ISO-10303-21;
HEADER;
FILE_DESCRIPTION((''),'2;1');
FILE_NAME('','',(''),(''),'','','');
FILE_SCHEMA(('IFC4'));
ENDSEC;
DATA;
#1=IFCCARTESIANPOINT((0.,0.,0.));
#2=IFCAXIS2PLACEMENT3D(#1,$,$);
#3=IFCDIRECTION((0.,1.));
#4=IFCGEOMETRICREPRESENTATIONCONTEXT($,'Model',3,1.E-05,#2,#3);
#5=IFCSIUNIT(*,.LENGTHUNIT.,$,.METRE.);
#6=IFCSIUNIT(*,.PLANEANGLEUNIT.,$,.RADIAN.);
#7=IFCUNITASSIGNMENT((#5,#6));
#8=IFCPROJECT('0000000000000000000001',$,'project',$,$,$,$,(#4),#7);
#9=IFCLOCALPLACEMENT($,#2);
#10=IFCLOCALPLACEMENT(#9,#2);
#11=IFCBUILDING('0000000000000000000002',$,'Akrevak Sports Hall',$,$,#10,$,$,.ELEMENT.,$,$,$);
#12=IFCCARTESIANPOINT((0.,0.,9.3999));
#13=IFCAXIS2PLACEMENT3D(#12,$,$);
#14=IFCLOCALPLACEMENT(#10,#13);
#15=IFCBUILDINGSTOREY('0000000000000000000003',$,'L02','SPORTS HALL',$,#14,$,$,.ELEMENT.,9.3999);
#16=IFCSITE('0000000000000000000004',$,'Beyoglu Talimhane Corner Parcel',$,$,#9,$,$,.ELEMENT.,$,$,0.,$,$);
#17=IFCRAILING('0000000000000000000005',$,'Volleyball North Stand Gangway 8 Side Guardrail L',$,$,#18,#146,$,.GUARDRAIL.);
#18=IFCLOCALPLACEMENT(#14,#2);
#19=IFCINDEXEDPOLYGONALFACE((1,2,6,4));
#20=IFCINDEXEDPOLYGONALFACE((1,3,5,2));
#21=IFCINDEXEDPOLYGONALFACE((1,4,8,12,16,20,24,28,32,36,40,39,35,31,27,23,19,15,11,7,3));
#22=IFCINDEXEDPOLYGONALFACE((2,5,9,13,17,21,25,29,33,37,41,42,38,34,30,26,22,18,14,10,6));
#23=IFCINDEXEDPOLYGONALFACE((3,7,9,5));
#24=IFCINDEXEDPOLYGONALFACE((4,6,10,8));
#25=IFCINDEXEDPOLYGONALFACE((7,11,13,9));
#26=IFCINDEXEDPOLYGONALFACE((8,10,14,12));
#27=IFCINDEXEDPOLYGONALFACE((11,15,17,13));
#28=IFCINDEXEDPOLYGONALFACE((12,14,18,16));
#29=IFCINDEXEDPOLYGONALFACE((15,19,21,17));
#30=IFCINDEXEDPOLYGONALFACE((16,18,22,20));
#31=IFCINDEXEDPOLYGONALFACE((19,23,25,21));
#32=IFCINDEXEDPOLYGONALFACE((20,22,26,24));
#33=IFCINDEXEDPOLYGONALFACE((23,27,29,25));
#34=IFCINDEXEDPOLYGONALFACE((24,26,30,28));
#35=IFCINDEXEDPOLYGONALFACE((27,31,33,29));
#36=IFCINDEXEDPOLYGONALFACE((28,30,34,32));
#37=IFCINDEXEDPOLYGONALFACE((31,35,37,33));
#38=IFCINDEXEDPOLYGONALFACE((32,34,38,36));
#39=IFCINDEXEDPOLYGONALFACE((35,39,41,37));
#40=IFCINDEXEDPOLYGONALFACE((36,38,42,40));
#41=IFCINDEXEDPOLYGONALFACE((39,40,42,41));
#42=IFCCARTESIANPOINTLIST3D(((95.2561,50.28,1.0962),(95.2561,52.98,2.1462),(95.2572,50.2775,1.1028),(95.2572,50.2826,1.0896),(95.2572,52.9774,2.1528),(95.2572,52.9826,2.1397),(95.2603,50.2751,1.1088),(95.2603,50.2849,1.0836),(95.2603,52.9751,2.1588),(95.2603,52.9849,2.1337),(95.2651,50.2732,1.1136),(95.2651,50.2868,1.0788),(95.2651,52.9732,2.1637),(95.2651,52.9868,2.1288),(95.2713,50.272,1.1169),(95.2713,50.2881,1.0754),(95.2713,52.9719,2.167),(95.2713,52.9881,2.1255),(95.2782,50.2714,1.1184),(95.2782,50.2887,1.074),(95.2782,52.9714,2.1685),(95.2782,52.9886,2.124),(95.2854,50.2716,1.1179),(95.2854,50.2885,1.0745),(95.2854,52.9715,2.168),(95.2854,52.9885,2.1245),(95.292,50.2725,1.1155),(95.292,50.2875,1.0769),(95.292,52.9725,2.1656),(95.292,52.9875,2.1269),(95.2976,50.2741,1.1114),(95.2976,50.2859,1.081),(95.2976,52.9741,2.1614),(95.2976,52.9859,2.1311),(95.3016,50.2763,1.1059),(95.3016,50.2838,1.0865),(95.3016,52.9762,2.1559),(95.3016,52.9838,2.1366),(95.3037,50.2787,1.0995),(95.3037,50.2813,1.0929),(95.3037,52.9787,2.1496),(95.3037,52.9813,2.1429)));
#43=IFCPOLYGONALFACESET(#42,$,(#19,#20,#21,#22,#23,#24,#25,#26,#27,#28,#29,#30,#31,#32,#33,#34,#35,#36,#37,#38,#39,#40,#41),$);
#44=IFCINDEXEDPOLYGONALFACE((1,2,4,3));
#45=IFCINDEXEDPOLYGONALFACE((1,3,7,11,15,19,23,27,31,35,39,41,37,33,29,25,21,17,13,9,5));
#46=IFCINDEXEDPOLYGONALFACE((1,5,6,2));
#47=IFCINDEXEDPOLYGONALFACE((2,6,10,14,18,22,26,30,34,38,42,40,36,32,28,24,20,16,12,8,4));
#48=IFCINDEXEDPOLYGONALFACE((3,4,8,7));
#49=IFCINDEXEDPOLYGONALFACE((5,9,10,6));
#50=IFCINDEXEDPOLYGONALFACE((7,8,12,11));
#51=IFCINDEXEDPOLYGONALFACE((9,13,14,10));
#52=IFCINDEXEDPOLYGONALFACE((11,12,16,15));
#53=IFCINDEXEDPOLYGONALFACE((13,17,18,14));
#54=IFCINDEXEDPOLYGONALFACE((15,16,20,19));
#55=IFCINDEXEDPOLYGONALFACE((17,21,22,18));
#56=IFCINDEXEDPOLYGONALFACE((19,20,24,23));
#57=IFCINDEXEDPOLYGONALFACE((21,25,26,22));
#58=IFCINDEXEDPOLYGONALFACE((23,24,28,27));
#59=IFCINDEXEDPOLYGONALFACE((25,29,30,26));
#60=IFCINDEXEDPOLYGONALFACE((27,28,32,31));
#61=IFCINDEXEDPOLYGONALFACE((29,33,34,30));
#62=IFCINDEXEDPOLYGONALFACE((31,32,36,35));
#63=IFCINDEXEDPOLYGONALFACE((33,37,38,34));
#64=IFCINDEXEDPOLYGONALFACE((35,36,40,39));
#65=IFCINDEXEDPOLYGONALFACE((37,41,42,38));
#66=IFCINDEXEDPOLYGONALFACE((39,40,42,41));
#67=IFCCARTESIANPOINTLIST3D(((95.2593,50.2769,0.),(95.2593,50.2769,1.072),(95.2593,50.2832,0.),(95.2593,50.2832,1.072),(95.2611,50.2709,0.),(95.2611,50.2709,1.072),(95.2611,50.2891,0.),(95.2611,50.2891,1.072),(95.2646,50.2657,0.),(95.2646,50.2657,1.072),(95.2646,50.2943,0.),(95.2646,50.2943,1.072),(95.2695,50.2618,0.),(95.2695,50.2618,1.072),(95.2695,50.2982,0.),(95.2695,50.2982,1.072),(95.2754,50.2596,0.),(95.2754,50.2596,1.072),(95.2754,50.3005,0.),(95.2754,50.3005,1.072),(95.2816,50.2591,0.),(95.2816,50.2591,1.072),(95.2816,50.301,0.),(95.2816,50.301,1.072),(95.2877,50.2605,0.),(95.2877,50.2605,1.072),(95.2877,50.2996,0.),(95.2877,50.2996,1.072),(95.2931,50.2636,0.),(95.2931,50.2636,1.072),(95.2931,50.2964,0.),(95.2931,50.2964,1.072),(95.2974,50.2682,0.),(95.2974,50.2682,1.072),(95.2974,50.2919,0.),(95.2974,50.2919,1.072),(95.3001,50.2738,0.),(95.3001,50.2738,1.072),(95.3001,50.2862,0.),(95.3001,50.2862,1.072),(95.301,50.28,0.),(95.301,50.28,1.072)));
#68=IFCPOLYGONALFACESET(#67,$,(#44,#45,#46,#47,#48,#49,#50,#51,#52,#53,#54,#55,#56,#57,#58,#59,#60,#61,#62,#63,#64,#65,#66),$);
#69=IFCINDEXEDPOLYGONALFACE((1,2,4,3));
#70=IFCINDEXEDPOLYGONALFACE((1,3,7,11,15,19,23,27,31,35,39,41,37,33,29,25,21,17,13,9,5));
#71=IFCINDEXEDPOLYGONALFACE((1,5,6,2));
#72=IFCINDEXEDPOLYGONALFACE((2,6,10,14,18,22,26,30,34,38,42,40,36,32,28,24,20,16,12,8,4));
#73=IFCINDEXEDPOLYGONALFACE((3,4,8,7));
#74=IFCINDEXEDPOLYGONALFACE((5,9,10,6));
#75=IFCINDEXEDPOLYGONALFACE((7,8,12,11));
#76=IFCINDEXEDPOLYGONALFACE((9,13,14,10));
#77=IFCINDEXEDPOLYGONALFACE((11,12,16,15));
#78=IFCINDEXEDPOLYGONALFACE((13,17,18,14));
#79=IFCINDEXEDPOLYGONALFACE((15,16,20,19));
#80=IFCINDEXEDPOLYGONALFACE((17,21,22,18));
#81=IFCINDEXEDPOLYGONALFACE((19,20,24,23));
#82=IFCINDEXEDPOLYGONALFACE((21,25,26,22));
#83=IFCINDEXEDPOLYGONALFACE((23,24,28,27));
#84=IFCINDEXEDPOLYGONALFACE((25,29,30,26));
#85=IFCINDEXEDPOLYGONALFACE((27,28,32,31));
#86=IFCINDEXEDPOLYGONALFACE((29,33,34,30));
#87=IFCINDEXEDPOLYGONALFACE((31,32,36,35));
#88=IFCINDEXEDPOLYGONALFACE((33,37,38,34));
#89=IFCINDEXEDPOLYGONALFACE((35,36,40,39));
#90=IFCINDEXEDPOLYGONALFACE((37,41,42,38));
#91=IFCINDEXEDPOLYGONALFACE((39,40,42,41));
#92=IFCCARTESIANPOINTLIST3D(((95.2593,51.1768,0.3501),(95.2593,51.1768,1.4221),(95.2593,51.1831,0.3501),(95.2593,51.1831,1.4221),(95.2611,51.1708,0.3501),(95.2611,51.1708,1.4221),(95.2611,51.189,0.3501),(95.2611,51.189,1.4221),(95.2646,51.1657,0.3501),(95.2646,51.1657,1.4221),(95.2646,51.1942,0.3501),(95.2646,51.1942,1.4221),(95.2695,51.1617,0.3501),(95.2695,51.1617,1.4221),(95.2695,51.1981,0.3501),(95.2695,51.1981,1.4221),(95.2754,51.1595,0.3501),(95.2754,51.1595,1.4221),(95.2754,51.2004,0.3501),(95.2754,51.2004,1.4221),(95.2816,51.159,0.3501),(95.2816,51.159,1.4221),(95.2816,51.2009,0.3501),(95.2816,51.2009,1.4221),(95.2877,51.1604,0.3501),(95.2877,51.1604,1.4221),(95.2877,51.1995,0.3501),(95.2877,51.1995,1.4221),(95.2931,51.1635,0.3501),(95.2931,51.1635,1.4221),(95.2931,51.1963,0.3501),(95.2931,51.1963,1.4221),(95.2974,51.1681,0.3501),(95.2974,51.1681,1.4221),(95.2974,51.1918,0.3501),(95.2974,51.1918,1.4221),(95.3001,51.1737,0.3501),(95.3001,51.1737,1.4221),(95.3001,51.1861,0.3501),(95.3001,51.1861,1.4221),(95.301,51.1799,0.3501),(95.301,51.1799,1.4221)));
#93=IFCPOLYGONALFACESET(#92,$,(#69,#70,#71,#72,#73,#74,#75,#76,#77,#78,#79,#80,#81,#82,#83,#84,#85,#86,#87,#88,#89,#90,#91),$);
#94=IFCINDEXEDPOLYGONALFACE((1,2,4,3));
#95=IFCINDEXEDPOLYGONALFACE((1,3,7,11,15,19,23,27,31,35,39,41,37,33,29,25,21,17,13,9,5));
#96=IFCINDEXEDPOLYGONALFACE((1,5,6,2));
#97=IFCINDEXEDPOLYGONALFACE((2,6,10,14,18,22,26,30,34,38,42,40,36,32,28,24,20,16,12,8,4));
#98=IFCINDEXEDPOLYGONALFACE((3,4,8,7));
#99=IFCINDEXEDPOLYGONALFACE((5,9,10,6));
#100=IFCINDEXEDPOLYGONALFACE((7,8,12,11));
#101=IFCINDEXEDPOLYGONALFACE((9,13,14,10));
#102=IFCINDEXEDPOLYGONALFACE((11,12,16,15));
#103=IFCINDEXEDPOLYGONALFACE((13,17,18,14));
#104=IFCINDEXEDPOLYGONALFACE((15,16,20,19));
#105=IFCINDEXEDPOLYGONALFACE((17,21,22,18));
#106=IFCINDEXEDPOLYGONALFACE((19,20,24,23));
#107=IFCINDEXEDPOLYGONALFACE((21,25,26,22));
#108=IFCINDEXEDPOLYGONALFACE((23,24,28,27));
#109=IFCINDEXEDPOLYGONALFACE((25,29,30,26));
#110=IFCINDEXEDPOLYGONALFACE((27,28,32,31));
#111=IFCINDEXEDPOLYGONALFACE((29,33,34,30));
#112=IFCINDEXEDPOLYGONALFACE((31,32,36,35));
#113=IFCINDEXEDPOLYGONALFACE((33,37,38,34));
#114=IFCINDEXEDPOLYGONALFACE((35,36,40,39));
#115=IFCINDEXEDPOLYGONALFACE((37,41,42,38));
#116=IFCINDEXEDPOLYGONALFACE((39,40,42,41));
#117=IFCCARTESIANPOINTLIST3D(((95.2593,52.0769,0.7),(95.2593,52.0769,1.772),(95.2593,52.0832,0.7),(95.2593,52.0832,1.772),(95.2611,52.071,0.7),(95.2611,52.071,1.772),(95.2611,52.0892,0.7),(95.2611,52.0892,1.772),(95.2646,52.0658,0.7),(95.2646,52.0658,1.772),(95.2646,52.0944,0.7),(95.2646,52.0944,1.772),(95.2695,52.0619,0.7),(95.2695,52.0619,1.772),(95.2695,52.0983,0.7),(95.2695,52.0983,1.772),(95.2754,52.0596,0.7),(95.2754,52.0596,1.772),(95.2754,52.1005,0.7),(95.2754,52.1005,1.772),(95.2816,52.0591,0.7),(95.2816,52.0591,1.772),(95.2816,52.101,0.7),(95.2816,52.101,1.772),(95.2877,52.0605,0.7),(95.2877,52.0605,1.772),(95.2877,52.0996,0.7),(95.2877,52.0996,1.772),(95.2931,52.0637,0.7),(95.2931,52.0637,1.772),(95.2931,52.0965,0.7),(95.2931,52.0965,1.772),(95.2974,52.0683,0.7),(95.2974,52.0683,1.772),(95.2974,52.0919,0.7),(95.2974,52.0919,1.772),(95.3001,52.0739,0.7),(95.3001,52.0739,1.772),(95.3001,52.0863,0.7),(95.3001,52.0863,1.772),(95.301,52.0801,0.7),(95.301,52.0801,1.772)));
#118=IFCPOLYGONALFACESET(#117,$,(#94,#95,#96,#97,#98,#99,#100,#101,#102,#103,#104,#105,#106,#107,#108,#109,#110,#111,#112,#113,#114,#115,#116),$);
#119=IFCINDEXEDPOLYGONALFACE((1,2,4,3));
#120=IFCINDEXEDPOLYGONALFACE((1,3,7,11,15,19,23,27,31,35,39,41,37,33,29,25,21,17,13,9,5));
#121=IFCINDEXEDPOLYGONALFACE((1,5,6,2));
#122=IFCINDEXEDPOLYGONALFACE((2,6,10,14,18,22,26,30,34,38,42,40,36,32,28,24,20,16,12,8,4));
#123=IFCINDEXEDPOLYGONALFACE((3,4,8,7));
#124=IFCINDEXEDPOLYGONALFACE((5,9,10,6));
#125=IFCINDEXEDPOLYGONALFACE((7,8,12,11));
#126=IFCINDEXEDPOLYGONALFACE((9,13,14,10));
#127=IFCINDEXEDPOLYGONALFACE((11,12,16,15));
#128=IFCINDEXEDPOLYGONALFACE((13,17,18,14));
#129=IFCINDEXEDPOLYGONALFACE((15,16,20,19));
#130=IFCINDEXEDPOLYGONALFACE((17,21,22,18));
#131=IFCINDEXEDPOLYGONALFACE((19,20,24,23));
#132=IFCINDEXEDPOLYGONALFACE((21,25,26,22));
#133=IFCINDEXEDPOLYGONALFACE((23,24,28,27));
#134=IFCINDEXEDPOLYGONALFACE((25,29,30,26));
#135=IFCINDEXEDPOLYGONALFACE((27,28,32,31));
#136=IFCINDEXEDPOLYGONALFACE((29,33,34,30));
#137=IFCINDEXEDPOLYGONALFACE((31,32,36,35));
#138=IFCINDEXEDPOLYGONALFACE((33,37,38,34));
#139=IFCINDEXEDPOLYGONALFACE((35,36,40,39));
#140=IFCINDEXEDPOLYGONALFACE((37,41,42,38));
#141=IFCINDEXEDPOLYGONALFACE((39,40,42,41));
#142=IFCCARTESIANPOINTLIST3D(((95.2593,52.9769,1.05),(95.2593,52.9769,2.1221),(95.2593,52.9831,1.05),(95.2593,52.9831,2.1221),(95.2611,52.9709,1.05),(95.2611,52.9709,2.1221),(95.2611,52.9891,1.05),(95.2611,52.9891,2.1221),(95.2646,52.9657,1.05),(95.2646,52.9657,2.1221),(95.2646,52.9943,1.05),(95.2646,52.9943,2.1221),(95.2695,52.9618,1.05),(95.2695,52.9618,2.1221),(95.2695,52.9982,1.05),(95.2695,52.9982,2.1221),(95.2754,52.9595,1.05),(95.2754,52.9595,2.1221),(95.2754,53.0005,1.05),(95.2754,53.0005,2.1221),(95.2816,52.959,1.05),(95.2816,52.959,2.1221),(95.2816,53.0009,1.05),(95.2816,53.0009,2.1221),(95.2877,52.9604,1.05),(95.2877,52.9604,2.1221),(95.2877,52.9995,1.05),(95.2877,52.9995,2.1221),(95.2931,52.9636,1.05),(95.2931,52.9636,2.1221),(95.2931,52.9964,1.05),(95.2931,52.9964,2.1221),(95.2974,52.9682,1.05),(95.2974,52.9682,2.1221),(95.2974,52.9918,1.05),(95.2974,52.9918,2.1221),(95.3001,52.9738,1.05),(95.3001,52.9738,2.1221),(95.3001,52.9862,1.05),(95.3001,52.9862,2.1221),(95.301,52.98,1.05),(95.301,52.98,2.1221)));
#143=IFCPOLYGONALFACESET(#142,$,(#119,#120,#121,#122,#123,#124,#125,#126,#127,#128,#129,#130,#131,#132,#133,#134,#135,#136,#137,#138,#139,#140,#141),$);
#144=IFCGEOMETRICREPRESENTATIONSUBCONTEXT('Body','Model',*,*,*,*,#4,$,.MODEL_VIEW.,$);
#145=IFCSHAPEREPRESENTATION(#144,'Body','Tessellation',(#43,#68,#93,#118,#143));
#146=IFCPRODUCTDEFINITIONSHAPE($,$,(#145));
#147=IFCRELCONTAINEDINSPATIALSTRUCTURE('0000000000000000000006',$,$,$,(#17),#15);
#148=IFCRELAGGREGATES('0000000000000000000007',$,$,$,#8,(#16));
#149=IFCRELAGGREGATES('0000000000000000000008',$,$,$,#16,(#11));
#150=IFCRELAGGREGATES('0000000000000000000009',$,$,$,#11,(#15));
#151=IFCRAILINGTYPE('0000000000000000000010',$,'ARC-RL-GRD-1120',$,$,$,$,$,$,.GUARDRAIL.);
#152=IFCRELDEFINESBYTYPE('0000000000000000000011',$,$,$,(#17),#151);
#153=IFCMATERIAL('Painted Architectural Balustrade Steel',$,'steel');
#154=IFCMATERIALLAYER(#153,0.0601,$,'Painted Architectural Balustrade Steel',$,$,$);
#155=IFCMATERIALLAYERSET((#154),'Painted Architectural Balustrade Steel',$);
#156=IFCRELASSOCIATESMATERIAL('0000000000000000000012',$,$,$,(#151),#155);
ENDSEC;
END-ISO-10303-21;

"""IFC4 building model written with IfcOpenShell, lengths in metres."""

from ifc_helpers import new_model, si_unit, direction, frame, origin, origin_2d, place, context, subcontext, project, spatial, circle, extrude, material, layer, layer_set, type_object, element, save


model = new_model("IFC4")

# Units and contexts
model_context = context("Model", 3, precision=1e-05, world=origin(), true_north=direction((0.0, 1.0)))
body_context = subcontext(model_context, "Body", "Model", "MODEL_VIEW")
ifc_project = project(units=[si_unit("LENGTHUNIT", "METRE"), si_unit("PLANEANGLEUNIT", "RADIAN")], contexts=[model_context])

# Site, building, storey
site_placement = place(None, origin())
site = spatial("IfcSite", under=ifc_project, at=site_placement, Name="Beyoglu Talimhane Corner Parcel", CompositionType="ELEMENT", RefElevation=0.0)
building_placement = place(site_placement, origin())
building = spatial("IfcBuilding", under=site, at=building_placement, Name="Akrevak Sports Hall", CompositionType="ELEMENT")
storey_placement = place(building_placement, frame((0.0, 0.0, 9.3999)))
storey = spatial("IfcBuildingStorey", under=building, at=storey_placement, Name="L02", Description="SPORTS HALL", CompositionType="ELEMENT", Elevation=9.3999)

# Railing
ifc_material_1 = material(Name="Painted Architectural Balustrade Steel", Category="steel")
ifc_layer_1 = layer(ifc_material_1, 0.0601, Name="Painted Architectural Balustrade Steel")
ifc_layer_set_1 = layer_set([ifc_layer_1], Name="Painted Architectural Balustrade Steel")
railing_type_1 = type_object("IfcRailingType", Name="ARC-RL-GRD-1120", PredefinedType="GUARDRAIL", material=ifc_layer_set_1)
for number, where, name in (
    (1, (95.28, 50.28, 0.0), "Volleyball North Stand Gangway 8 Side Guardrail L"),
):
    element("IfcRailing", number, at=place(storey_placement, frame(where)), inside=storey, type_object=railing_type_1, Name=name, PredefinedType="GUARDRAIL", context=body_context, shape_type="SweptSolid", body=[
        extrude(circle(Radius=0.0239, at=origin_2d()), frame((0.0, 0.0, 1.0962), z_axis=(0.0, 0.931997, 0.362467), x_axis=(-1.0, 0.0, 0.0)), (0.0, 0.0, 1.0), 2.897),
        extrude(circle(Radius=0.021, at=origin_2d()), origin(), (0.0, 0.0, 1.0), 1.072),
        extrude(circle(Radius=0.021, at=origin_2d()), frame((0.0, 0.8999, 0.3501)), (0.0, 0.0, 1.0), 1.072),
        extrude(circle(Radius=0.021, at=origin_2d()), frame((0.0, 1.8, 0.7)), (0.0, 0.0, 1.0), 1.072),
        extrude(circle(Radius=0.021, at=origin_2d()), frame((0.0, 2.7, 1.05)), (0.0, 0.0, 1.0), 1.072),
    ])

save(model, "model.ifc")
